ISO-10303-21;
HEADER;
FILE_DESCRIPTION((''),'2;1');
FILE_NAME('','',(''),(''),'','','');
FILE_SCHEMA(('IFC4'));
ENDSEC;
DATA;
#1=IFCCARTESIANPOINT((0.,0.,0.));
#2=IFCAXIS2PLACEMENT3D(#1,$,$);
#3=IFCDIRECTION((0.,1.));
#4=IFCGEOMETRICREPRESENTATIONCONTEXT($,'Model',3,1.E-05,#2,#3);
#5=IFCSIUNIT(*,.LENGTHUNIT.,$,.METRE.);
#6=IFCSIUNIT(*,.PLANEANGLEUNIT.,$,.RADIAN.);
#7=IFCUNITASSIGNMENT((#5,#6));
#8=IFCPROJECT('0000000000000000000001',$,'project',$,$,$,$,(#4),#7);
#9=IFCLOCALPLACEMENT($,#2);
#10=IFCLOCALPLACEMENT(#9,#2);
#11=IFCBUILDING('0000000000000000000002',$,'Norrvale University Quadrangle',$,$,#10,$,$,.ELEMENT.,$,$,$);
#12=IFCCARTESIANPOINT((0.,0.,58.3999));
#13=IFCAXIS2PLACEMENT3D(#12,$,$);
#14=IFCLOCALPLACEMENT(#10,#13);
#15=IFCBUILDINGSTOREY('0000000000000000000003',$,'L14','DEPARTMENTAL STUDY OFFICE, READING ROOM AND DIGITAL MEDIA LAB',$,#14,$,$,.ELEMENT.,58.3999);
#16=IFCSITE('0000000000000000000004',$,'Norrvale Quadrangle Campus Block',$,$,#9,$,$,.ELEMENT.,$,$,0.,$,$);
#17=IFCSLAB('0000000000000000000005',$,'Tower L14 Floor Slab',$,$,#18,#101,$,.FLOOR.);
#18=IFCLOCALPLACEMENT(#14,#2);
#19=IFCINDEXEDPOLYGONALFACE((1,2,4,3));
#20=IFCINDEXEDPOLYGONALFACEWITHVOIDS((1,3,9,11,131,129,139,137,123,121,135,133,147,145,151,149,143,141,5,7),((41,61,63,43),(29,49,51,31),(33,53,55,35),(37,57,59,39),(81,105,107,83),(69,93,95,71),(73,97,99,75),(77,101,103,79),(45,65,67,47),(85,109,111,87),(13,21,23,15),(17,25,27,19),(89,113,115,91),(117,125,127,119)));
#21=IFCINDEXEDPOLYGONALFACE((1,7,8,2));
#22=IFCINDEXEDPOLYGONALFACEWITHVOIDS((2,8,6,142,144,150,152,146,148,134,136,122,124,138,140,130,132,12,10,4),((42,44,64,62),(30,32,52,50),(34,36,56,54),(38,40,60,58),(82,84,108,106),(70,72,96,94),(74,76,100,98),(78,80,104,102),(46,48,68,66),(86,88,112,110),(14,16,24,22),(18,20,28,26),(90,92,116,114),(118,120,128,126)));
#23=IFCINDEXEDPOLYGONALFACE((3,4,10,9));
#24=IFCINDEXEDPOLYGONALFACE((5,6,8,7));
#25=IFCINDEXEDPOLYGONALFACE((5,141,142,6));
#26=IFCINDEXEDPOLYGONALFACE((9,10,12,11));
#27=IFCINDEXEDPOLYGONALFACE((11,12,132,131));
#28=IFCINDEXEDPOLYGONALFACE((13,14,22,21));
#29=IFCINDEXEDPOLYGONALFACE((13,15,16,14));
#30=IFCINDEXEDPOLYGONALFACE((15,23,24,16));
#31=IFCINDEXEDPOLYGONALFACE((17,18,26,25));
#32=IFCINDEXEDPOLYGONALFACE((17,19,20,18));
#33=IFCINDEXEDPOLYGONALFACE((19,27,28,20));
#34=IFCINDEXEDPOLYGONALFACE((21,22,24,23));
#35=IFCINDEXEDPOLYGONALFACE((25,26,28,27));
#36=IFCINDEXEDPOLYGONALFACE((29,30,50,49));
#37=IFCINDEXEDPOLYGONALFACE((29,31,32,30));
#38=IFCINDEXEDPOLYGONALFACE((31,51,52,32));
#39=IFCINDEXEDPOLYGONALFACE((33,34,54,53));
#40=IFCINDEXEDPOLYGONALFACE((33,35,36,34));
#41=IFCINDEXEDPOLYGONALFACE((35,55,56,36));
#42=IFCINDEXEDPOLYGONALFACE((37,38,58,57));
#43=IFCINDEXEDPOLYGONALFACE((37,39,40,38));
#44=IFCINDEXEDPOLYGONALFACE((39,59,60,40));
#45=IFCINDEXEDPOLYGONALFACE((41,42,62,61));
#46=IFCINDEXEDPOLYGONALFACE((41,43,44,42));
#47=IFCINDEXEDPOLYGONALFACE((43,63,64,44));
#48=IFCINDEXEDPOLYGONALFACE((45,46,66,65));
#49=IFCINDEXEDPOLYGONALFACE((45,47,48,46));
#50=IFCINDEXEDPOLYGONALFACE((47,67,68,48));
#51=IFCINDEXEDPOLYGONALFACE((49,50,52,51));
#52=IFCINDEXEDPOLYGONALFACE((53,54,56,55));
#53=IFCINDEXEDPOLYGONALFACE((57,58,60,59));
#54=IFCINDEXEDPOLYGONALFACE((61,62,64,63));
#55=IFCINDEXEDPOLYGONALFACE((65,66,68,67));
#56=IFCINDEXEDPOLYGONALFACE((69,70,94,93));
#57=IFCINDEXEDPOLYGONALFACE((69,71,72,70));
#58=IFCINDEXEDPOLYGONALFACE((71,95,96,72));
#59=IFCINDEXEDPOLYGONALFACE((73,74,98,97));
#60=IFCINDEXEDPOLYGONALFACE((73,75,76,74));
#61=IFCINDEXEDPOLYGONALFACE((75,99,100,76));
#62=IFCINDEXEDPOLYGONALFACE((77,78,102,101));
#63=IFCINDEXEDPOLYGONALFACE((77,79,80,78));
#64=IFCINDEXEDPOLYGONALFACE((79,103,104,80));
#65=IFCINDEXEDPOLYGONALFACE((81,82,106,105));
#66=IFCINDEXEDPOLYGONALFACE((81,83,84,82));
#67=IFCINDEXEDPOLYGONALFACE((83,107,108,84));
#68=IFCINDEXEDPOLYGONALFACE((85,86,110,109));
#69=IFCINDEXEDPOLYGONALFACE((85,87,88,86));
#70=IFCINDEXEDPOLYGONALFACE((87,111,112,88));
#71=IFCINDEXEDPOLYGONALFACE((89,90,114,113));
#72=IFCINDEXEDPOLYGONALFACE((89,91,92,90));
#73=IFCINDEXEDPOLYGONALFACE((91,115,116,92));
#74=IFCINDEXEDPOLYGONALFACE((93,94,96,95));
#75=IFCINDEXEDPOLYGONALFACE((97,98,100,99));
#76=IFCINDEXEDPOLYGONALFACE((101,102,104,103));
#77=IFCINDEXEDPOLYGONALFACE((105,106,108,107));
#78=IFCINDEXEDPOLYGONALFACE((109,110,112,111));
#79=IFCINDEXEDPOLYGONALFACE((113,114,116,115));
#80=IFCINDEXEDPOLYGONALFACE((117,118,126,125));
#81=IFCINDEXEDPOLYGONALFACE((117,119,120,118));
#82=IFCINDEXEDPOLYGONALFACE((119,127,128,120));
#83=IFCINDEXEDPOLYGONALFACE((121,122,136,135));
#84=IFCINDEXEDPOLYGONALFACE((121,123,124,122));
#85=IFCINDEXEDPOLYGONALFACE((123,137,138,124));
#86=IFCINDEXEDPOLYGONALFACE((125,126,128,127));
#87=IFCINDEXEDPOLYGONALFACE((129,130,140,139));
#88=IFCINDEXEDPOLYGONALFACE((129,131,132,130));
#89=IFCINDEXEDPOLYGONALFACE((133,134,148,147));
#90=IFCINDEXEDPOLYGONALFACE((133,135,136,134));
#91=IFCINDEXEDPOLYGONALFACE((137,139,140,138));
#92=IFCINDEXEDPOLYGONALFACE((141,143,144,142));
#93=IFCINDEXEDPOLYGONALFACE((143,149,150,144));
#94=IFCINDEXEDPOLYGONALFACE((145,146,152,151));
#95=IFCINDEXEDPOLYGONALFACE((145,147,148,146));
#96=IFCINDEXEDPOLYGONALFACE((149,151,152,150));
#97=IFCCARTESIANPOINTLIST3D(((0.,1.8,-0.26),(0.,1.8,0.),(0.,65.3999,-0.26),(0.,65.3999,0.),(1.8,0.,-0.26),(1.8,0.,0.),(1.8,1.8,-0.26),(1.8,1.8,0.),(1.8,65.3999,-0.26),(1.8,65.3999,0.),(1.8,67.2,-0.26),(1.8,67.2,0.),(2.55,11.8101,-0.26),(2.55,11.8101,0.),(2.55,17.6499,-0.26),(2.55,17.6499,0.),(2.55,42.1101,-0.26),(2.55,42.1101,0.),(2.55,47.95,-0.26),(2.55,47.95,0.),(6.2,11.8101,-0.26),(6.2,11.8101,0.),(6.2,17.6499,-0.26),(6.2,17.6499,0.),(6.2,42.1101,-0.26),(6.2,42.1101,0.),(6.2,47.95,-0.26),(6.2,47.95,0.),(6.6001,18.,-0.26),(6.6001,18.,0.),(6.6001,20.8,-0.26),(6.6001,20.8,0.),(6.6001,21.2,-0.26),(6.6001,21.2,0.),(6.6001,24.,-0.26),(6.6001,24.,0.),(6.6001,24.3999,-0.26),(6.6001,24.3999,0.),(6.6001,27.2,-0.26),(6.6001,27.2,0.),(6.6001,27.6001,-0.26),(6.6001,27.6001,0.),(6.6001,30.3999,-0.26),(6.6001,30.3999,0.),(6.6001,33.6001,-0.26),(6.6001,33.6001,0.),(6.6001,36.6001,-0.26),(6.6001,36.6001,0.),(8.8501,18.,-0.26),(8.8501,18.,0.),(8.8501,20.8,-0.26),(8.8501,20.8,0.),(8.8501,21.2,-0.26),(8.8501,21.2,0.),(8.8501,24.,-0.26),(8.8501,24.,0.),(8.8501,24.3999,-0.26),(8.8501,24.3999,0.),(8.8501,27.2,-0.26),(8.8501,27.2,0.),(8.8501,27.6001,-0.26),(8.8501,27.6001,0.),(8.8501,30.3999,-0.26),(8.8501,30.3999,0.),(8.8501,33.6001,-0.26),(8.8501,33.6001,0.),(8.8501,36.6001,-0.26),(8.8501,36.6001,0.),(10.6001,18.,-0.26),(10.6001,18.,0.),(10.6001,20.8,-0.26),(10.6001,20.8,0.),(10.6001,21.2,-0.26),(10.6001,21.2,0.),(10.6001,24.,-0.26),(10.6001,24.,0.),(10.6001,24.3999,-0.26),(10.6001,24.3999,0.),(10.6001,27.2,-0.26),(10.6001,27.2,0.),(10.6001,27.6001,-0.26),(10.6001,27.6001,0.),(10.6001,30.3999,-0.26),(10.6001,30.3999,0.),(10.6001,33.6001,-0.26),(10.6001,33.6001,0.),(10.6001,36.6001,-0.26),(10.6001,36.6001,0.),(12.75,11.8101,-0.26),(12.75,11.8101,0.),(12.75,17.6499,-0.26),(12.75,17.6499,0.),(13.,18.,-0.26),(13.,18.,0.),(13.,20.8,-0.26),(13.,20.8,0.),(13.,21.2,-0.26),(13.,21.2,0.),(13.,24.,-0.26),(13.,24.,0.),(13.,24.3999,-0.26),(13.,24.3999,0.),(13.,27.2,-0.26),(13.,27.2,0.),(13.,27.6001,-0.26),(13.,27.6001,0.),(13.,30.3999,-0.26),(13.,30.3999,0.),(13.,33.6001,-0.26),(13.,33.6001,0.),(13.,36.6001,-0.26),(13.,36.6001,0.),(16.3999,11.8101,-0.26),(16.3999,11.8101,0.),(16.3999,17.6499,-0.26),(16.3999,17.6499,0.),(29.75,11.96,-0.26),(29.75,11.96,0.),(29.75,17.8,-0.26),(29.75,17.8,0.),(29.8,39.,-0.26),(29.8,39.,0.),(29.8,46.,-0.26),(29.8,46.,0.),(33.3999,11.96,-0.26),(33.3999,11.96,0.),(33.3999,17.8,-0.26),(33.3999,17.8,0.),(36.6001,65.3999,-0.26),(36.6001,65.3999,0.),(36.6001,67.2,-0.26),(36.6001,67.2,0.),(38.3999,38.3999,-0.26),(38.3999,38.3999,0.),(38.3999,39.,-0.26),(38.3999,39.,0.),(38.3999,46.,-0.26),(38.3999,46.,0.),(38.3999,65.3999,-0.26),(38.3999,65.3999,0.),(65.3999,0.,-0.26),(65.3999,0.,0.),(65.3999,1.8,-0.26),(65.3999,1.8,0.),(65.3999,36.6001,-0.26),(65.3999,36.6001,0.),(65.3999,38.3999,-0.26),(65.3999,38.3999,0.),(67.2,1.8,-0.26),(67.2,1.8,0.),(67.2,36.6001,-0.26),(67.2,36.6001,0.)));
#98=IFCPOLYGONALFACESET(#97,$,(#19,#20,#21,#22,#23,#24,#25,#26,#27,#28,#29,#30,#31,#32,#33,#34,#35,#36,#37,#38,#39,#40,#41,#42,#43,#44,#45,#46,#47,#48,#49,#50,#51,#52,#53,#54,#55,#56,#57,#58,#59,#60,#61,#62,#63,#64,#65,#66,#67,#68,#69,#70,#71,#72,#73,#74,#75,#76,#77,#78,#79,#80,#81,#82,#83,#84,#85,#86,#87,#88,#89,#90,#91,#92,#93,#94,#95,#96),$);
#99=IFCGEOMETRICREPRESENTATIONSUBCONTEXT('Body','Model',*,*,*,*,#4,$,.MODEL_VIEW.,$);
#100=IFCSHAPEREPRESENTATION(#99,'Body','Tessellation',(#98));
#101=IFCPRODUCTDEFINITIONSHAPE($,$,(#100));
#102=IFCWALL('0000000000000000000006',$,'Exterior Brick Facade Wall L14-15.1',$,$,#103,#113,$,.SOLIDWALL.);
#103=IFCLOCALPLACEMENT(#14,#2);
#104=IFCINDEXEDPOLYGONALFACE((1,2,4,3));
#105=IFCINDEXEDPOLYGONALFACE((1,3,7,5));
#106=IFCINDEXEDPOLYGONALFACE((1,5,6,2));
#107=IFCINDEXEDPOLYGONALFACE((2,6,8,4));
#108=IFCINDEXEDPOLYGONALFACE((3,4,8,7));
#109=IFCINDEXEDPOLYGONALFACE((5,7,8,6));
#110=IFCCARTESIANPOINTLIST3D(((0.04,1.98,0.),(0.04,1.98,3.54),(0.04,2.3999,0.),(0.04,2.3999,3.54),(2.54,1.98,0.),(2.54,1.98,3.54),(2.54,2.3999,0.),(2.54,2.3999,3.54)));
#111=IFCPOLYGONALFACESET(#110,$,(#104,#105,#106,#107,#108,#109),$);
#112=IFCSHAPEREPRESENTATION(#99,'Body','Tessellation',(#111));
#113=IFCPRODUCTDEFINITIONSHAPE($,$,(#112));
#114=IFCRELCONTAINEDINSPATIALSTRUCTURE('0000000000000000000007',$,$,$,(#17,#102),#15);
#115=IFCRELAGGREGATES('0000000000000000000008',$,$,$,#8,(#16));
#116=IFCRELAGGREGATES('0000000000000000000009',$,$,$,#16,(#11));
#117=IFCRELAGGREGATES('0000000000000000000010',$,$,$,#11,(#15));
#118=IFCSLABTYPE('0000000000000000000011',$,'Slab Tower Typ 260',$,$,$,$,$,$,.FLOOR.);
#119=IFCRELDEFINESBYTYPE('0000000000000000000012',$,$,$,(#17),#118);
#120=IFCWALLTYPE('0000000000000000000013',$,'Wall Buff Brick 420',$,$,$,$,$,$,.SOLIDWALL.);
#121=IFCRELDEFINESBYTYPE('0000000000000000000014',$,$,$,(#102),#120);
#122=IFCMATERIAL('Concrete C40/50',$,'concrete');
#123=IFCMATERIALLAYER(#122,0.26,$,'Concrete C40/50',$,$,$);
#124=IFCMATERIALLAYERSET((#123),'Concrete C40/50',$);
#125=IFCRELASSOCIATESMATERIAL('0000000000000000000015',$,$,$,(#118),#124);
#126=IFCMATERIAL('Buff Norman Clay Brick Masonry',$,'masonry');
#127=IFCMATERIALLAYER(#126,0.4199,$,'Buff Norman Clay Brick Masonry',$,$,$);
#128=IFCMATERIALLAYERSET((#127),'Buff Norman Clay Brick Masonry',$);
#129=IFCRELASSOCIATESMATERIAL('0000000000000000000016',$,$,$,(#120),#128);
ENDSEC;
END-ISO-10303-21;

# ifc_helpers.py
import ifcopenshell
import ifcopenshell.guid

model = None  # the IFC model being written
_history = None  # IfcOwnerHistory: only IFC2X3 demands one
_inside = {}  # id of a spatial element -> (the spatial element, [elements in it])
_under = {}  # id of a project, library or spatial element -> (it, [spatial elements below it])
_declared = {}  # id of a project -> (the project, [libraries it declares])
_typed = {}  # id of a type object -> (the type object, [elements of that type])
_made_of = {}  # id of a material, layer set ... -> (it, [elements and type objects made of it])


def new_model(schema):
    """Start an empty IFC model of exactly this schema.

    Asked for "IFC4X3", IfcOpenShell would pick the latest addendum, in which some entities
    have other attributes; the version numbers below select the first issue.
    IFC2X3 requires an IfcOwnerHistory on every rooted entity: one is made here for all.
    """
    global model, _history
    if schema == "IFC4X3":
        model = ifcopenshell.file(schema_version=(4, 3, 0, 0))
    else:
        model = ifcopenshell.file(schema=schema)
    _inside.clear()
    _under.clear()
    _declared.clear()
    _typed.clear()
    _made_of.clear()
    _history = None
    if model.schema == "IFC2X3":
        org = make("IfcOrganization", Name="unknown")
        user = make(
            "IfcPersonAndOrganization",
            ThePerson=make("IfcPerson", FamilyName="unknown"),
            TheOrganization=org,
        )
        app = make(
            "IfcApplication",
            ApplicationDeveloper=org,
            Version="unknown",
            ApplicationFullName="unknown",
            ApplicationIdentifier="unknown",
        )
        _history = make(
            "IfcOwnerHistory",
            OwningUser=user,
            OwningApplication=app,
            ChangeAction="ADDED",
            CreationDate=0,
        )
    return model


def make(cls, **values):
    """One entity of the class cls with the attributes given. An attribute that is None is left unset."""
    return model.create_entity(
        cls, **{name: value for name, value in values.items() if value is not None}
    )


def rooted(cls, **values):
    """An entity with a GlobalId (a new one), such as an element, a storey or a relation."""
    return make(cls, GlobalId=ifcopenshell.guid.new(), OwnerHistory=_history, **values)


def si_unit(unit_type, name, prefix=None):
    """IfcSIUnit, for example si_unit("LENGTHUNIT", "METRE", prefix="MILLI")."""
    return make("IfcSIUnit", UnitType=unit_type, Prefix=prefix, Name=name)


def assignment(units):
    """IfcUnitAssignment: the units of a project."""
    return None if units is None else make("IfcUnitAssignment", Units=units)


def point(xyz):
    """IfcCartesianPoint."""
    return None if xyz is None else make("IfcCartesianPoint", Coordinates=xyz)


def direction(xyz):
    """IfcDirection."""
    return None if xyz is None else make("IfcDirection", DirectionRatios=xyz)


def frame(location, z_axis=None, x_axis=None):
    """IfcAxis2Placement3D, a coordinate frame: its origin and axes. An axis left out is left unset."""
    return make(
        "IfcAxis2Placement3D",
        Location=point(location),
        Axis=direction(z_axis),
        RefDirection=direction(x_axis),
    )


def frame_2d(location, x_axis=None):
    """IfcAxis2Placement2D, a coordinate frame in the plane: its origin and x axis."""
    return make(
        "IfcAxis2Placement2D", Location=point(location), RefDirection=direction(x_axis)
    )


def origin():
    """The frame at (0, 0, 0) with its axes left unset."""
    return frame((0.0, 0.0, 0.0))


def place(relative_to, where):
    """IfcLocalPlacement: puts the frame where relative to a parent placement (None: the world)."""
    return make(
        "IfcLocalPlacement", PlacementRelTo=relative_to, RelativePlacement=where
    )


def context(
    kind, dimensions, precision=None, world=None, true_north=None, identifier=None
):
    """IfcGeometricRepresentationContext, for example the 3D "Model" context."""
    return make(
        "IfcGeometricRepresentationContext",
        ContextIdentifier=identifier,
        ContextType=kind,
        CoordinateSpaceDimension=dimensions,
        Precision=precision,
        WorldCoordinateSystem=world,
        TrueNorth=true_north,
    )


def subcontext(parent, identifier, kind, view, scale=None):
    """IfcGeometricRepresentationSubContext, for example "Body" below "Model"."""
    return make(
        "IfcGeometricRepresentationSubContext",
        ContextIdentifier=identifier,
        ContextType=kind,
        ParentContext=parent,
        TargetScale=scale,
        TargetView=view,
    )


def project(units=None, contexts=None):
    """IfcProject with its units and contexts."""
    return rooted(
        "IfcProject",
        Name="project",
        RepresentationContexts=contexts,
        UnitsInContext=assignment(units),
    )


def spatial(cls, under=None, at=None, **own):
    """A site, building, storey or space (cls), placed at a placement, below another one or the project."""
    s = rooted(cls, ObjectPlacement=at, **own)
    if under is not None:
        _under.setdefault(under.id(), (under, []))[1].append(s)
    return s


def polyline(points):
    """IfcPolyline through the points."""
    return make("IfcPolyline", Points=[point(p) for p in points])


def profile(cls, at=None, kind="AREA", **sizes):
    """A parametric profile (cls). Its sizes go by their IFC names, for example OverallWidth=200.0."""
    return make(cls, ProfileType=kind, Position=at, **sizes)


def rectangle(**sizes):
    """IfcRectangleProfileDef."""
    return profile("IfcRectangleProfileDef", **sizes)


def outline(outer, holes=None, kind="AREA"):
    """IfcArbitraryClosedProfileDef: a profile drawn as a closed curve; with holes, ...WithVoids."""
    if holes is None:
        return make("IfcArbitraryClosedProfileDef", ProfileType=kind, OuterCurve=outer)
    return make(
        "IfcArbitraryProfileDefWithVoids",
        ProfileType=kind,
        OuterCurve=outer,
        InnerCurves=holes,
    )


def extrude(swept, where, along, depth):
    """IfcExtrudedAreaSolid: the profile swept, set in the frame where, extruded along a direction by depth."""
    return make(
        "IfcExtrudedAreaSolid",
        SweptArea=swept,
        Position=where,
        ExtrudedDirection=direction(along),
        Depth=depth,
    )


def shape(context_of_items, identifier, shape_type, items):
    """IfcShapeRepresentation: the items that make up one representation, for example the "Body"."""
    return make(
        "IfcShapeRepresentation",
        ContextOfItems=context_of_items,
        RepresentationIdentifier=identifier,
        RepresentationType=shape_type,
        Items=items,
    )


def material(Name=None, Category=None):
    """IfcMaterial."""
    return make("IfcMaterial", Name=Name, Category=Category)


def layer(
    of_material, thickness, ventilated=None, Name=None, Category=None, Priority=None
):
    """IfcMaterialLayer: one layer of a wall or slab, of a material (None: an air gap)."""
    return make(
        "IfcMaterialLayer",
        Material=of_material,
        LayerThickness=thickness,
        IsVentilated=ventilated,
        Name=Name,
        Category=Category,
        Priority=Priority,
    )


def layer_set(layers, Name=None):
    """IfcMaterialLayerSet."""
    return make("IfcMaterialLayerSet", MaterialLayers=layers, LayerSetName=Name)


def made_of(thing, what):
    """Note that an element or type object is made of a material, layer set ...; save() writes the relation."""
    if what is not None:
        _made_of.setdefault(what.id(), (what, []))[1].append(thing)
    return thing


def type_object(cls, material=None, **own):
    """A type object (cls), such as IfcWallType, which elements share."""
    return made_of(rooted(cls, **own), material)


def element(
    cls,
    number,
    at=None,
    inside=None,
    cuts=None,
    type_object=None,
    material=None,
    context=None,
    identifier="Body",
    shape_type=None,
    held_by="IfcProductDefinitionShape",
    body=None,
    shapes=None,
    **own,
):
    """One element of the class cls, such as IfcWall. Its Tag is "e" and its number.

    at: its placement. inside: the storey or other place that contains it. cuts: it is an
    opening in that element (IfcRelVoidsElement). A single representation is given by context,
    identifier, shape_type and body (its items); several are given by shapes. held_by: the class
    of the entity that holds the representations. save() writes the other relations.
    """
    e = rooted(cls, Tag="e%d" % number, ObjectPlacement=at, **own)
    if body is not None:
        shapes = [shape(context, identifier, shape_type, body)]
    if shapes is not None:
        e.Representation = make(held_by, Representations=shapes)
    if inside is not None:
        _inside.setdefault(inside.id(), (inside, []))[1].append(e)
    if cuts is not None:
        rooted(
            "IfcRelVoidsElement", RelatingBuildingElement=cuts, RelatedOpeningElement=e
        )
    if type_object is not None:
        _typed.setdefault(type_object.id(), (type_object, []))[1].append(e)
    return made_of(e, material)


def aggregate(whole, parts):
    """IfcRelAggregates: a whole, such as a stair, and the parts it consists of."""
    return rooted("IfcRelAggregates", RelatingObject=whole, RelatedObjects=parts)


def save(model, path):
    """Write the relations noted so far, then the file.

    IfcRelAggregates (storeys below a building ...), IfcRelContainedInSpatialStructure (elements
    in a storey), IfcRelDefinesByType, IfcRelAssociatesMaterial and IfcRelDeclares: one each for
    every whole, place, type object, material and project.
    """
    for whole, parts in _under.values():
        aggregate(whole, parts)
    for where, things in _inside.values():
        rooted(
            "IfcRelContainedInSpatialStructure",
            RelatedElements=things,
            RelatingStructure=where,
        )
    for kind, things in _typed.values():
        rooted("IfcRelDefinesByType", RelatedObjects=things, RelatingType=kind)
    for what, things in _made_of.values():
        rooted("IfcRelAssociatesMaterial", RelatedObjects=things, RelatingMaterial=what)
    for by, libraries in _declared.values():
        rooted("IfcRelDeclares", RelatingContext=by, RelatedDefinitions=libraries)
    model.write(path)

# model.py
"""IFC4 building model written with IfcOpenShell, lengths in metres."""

from ifc_helpers import new_model, si_unit, direction, frame, frame_2d, origin, place, context, subcontext, project, spatial, polyline, rectangle, outline, extrude, material, layer, layer_set, type_object, element, save


model = new_model("IFC4")

# Units and contexts
model_context = context("Model", 3, precision=1e-05, world=origin(), true_north=direction((0.0, 1.0)))
body_context = subcontext(model_context, "Body", "Model", "MODEL_VIEW")
ifc_project = project(units=[si_unit("LENGTHUNIT", "METRE"), si_unit("PLANEANGLEUNIT", "RADIAN")], contexts=[model_context])

# Site, building, storey
site_placement = place(None, origin())
site = spatial("IfcSite", under=ifc_project, at=site_placement, Name="Norrvale Quadrangle Campus Block", CompositionType="ELEMENT", RefElevation=0.0)
building_placement = place(site_placement, origin())
building = spatial("IfcBuilding", under=site, at=building_placement, Name="Norrvale University Quadrangle", CompositionType="ELEMENT")
storey_placement = place(building_placement, frame((0.0, 0.0, 58.3999)))
storey = spatial("IfcBuildingStorey", under=building, at=storey_placement, Name="L14", Description="DEPARTMENTAL STUDY OFFICE, READING ROOM AND DIGITAL MEDIA LAB", CompositionType="ELEMENT", Elevation=58.3999)

# Shared definitions
ifc_material_1 = material(Name="Concrete C40/50", Category="concrete")

# Slab
ifc_layer_1 = layer(ifc_material_1, 0.26, Name="Concrete C40/50")
ifc_layer_set_1 = layer_set([ifc_layer_1], Name="Concrete C40/50")
slab_type_1 = type_object("IfcSlabType", Name="Slab Tower Typ 260", PredefinedType="FLOOR", material=ifc_layer_set_1)
slab_1_placement = place(storey_placement, frame((0.0, 0.0, -0.26)))
element("IfcSlab", 1, at=slab_1_placement, inside=storey, type_object=slab_type_1, Name="Tower L14 Floor Slab", PredefinedType="FLOOR", context=body_context, shape_type="SweptSolid", body=[
    extrude(outline(polyline([(38.3999, 38.3999), (65.3999, 38.3999), (65.3999, 36.6001), (67.2, 36.6001), (67.2, 1.8), (65.3999, 1.8), (65.3999, 0.0), (1.8, 0.0), (1.8, 1.8), (0.0, 1.8), (0.0, 65.3999), (1.8, 65.3999), (1.8, 67.2), (36.6001, 67.2), (36.6001, 65.3999), (38.3999, 65.3999), (38.3999, 46.0), (29.8, 46.0), (29.8, 39.0), (38.3999, 39.0), (38.3999, 38.3999)]), holes=[polyline([(2.55, 11.8101), (6.2, 11.8101), (6.2, 17.6499), (2.55, 17.6499), (2.55, 11.8101)]), polyline([(2.55, 42.1101), (6.2, 42.1101), (6.2, 47.95), (2.55, 47.95), (2.55, 42.1101)]), polyline([(12.75, 11.8101), (16.3999, 11.8101), (16.3999, 17.6499), (12.75, 17.6499), (12.75, 11.8101)]), polyline([(29.75, 11.96), (33.3999, 11.96), (33.3999, 17.8), (29.75, 17.8), (29.75, 11.96)]), polyline([(6.6001, 18.0), (8.8501, 18.0), (8.8501, 20.8), (6.6001, 20.8), (6.6001, 18.0)]), polyline([(6.6001, 21.2), (8.8501, 21.2), (8.8501, 24.0), (6.6001, 24.0), (6.6001, 21.2)]), polyline([(6.6001, 24.3999), (8.8501, 24.3999), (8.8501, 27.2), (6.6001, 27.2), (6.6001, 24.3999)]), polyline([(6.6001, 27.6001), (8.8501, 27.6001), (8.8501, 30.3999), (6.6001, 30.3999), (6.6001, 27.6001)]), polyline([(10.6001, 18.0), (13.0, 18.0), (13.0, 20.8), (10.6001, 20.8), (10.6001, 18.0)]), polyline([(10.6001, 21.2), (13.0, 21.2), (13.0, 24.0), (10.6001, 24.0), (10.6001, 21.2)]), polyline([(10.6001, 24.3999), (13.0, 24.3999), (13.0, 27.2), (10.6001, 27.2), (10.6001, 24.3999)]), polyline([(10.6001, 27.6001), (13.0, 27.6001), (13.0, 30.3999), (10.6001, 30.3999), (10.6001, 27.6001)]), polyline([(6.6001, 33.6001), (8.8501, 33.6001), (8.8501, 36.6001), (6.6001, 36.6001), (6.6001, 33.6001)]), polyline([(10.6001, 33.6001), (13.0, 33.6001), (13.0, 36.6001), (10.6001, 36.6001), (10.6001, 33.6001)])]), origin(), (0.0, 0.0, 1.0), 0.26),
])

# Wall
ifc_material_2 = material(Name="Buff Norman Clay Brick Masonry", Category="masonry")
ifc_layer_2 = layer(ifc_material_2, 0.4199, Name="Buff Norman Clay Brick Masonry")
ifc_layer_set_2 = layer_set([ifc_layer_2], Name="Buff Norman Clay Brick Masonry")
wall_type_1 = type_object("IfcWallType", Name="Wall Buff Brick 420", PredefinedType="SOLIDWALL", material=ifc_layer_set_2)
wall_1_placement = place(storey_placement, frame((0.04, 2.1899, 0.0), z_axis=(0.0, 0.0, 1.0), x_axis=(1.0, 0.0, 0.0)))
element("IfcWall", 2, at=wall_1_placement, inside=storey, type_object=wall_type_1, Name="Exterior Brick Facade Wall L14-15.1", PredefinedType="SOLIDWALL", context=body_context, shape_type="SweptSolid", body=[
    extrude(rectangle(XDim=2.5, YDim=0.4199, at=frame_2d((1.25, 0.0))), origin(), (0.0, 0.0, 1.0), 3.54),
])

save(model, "model.ifc")
